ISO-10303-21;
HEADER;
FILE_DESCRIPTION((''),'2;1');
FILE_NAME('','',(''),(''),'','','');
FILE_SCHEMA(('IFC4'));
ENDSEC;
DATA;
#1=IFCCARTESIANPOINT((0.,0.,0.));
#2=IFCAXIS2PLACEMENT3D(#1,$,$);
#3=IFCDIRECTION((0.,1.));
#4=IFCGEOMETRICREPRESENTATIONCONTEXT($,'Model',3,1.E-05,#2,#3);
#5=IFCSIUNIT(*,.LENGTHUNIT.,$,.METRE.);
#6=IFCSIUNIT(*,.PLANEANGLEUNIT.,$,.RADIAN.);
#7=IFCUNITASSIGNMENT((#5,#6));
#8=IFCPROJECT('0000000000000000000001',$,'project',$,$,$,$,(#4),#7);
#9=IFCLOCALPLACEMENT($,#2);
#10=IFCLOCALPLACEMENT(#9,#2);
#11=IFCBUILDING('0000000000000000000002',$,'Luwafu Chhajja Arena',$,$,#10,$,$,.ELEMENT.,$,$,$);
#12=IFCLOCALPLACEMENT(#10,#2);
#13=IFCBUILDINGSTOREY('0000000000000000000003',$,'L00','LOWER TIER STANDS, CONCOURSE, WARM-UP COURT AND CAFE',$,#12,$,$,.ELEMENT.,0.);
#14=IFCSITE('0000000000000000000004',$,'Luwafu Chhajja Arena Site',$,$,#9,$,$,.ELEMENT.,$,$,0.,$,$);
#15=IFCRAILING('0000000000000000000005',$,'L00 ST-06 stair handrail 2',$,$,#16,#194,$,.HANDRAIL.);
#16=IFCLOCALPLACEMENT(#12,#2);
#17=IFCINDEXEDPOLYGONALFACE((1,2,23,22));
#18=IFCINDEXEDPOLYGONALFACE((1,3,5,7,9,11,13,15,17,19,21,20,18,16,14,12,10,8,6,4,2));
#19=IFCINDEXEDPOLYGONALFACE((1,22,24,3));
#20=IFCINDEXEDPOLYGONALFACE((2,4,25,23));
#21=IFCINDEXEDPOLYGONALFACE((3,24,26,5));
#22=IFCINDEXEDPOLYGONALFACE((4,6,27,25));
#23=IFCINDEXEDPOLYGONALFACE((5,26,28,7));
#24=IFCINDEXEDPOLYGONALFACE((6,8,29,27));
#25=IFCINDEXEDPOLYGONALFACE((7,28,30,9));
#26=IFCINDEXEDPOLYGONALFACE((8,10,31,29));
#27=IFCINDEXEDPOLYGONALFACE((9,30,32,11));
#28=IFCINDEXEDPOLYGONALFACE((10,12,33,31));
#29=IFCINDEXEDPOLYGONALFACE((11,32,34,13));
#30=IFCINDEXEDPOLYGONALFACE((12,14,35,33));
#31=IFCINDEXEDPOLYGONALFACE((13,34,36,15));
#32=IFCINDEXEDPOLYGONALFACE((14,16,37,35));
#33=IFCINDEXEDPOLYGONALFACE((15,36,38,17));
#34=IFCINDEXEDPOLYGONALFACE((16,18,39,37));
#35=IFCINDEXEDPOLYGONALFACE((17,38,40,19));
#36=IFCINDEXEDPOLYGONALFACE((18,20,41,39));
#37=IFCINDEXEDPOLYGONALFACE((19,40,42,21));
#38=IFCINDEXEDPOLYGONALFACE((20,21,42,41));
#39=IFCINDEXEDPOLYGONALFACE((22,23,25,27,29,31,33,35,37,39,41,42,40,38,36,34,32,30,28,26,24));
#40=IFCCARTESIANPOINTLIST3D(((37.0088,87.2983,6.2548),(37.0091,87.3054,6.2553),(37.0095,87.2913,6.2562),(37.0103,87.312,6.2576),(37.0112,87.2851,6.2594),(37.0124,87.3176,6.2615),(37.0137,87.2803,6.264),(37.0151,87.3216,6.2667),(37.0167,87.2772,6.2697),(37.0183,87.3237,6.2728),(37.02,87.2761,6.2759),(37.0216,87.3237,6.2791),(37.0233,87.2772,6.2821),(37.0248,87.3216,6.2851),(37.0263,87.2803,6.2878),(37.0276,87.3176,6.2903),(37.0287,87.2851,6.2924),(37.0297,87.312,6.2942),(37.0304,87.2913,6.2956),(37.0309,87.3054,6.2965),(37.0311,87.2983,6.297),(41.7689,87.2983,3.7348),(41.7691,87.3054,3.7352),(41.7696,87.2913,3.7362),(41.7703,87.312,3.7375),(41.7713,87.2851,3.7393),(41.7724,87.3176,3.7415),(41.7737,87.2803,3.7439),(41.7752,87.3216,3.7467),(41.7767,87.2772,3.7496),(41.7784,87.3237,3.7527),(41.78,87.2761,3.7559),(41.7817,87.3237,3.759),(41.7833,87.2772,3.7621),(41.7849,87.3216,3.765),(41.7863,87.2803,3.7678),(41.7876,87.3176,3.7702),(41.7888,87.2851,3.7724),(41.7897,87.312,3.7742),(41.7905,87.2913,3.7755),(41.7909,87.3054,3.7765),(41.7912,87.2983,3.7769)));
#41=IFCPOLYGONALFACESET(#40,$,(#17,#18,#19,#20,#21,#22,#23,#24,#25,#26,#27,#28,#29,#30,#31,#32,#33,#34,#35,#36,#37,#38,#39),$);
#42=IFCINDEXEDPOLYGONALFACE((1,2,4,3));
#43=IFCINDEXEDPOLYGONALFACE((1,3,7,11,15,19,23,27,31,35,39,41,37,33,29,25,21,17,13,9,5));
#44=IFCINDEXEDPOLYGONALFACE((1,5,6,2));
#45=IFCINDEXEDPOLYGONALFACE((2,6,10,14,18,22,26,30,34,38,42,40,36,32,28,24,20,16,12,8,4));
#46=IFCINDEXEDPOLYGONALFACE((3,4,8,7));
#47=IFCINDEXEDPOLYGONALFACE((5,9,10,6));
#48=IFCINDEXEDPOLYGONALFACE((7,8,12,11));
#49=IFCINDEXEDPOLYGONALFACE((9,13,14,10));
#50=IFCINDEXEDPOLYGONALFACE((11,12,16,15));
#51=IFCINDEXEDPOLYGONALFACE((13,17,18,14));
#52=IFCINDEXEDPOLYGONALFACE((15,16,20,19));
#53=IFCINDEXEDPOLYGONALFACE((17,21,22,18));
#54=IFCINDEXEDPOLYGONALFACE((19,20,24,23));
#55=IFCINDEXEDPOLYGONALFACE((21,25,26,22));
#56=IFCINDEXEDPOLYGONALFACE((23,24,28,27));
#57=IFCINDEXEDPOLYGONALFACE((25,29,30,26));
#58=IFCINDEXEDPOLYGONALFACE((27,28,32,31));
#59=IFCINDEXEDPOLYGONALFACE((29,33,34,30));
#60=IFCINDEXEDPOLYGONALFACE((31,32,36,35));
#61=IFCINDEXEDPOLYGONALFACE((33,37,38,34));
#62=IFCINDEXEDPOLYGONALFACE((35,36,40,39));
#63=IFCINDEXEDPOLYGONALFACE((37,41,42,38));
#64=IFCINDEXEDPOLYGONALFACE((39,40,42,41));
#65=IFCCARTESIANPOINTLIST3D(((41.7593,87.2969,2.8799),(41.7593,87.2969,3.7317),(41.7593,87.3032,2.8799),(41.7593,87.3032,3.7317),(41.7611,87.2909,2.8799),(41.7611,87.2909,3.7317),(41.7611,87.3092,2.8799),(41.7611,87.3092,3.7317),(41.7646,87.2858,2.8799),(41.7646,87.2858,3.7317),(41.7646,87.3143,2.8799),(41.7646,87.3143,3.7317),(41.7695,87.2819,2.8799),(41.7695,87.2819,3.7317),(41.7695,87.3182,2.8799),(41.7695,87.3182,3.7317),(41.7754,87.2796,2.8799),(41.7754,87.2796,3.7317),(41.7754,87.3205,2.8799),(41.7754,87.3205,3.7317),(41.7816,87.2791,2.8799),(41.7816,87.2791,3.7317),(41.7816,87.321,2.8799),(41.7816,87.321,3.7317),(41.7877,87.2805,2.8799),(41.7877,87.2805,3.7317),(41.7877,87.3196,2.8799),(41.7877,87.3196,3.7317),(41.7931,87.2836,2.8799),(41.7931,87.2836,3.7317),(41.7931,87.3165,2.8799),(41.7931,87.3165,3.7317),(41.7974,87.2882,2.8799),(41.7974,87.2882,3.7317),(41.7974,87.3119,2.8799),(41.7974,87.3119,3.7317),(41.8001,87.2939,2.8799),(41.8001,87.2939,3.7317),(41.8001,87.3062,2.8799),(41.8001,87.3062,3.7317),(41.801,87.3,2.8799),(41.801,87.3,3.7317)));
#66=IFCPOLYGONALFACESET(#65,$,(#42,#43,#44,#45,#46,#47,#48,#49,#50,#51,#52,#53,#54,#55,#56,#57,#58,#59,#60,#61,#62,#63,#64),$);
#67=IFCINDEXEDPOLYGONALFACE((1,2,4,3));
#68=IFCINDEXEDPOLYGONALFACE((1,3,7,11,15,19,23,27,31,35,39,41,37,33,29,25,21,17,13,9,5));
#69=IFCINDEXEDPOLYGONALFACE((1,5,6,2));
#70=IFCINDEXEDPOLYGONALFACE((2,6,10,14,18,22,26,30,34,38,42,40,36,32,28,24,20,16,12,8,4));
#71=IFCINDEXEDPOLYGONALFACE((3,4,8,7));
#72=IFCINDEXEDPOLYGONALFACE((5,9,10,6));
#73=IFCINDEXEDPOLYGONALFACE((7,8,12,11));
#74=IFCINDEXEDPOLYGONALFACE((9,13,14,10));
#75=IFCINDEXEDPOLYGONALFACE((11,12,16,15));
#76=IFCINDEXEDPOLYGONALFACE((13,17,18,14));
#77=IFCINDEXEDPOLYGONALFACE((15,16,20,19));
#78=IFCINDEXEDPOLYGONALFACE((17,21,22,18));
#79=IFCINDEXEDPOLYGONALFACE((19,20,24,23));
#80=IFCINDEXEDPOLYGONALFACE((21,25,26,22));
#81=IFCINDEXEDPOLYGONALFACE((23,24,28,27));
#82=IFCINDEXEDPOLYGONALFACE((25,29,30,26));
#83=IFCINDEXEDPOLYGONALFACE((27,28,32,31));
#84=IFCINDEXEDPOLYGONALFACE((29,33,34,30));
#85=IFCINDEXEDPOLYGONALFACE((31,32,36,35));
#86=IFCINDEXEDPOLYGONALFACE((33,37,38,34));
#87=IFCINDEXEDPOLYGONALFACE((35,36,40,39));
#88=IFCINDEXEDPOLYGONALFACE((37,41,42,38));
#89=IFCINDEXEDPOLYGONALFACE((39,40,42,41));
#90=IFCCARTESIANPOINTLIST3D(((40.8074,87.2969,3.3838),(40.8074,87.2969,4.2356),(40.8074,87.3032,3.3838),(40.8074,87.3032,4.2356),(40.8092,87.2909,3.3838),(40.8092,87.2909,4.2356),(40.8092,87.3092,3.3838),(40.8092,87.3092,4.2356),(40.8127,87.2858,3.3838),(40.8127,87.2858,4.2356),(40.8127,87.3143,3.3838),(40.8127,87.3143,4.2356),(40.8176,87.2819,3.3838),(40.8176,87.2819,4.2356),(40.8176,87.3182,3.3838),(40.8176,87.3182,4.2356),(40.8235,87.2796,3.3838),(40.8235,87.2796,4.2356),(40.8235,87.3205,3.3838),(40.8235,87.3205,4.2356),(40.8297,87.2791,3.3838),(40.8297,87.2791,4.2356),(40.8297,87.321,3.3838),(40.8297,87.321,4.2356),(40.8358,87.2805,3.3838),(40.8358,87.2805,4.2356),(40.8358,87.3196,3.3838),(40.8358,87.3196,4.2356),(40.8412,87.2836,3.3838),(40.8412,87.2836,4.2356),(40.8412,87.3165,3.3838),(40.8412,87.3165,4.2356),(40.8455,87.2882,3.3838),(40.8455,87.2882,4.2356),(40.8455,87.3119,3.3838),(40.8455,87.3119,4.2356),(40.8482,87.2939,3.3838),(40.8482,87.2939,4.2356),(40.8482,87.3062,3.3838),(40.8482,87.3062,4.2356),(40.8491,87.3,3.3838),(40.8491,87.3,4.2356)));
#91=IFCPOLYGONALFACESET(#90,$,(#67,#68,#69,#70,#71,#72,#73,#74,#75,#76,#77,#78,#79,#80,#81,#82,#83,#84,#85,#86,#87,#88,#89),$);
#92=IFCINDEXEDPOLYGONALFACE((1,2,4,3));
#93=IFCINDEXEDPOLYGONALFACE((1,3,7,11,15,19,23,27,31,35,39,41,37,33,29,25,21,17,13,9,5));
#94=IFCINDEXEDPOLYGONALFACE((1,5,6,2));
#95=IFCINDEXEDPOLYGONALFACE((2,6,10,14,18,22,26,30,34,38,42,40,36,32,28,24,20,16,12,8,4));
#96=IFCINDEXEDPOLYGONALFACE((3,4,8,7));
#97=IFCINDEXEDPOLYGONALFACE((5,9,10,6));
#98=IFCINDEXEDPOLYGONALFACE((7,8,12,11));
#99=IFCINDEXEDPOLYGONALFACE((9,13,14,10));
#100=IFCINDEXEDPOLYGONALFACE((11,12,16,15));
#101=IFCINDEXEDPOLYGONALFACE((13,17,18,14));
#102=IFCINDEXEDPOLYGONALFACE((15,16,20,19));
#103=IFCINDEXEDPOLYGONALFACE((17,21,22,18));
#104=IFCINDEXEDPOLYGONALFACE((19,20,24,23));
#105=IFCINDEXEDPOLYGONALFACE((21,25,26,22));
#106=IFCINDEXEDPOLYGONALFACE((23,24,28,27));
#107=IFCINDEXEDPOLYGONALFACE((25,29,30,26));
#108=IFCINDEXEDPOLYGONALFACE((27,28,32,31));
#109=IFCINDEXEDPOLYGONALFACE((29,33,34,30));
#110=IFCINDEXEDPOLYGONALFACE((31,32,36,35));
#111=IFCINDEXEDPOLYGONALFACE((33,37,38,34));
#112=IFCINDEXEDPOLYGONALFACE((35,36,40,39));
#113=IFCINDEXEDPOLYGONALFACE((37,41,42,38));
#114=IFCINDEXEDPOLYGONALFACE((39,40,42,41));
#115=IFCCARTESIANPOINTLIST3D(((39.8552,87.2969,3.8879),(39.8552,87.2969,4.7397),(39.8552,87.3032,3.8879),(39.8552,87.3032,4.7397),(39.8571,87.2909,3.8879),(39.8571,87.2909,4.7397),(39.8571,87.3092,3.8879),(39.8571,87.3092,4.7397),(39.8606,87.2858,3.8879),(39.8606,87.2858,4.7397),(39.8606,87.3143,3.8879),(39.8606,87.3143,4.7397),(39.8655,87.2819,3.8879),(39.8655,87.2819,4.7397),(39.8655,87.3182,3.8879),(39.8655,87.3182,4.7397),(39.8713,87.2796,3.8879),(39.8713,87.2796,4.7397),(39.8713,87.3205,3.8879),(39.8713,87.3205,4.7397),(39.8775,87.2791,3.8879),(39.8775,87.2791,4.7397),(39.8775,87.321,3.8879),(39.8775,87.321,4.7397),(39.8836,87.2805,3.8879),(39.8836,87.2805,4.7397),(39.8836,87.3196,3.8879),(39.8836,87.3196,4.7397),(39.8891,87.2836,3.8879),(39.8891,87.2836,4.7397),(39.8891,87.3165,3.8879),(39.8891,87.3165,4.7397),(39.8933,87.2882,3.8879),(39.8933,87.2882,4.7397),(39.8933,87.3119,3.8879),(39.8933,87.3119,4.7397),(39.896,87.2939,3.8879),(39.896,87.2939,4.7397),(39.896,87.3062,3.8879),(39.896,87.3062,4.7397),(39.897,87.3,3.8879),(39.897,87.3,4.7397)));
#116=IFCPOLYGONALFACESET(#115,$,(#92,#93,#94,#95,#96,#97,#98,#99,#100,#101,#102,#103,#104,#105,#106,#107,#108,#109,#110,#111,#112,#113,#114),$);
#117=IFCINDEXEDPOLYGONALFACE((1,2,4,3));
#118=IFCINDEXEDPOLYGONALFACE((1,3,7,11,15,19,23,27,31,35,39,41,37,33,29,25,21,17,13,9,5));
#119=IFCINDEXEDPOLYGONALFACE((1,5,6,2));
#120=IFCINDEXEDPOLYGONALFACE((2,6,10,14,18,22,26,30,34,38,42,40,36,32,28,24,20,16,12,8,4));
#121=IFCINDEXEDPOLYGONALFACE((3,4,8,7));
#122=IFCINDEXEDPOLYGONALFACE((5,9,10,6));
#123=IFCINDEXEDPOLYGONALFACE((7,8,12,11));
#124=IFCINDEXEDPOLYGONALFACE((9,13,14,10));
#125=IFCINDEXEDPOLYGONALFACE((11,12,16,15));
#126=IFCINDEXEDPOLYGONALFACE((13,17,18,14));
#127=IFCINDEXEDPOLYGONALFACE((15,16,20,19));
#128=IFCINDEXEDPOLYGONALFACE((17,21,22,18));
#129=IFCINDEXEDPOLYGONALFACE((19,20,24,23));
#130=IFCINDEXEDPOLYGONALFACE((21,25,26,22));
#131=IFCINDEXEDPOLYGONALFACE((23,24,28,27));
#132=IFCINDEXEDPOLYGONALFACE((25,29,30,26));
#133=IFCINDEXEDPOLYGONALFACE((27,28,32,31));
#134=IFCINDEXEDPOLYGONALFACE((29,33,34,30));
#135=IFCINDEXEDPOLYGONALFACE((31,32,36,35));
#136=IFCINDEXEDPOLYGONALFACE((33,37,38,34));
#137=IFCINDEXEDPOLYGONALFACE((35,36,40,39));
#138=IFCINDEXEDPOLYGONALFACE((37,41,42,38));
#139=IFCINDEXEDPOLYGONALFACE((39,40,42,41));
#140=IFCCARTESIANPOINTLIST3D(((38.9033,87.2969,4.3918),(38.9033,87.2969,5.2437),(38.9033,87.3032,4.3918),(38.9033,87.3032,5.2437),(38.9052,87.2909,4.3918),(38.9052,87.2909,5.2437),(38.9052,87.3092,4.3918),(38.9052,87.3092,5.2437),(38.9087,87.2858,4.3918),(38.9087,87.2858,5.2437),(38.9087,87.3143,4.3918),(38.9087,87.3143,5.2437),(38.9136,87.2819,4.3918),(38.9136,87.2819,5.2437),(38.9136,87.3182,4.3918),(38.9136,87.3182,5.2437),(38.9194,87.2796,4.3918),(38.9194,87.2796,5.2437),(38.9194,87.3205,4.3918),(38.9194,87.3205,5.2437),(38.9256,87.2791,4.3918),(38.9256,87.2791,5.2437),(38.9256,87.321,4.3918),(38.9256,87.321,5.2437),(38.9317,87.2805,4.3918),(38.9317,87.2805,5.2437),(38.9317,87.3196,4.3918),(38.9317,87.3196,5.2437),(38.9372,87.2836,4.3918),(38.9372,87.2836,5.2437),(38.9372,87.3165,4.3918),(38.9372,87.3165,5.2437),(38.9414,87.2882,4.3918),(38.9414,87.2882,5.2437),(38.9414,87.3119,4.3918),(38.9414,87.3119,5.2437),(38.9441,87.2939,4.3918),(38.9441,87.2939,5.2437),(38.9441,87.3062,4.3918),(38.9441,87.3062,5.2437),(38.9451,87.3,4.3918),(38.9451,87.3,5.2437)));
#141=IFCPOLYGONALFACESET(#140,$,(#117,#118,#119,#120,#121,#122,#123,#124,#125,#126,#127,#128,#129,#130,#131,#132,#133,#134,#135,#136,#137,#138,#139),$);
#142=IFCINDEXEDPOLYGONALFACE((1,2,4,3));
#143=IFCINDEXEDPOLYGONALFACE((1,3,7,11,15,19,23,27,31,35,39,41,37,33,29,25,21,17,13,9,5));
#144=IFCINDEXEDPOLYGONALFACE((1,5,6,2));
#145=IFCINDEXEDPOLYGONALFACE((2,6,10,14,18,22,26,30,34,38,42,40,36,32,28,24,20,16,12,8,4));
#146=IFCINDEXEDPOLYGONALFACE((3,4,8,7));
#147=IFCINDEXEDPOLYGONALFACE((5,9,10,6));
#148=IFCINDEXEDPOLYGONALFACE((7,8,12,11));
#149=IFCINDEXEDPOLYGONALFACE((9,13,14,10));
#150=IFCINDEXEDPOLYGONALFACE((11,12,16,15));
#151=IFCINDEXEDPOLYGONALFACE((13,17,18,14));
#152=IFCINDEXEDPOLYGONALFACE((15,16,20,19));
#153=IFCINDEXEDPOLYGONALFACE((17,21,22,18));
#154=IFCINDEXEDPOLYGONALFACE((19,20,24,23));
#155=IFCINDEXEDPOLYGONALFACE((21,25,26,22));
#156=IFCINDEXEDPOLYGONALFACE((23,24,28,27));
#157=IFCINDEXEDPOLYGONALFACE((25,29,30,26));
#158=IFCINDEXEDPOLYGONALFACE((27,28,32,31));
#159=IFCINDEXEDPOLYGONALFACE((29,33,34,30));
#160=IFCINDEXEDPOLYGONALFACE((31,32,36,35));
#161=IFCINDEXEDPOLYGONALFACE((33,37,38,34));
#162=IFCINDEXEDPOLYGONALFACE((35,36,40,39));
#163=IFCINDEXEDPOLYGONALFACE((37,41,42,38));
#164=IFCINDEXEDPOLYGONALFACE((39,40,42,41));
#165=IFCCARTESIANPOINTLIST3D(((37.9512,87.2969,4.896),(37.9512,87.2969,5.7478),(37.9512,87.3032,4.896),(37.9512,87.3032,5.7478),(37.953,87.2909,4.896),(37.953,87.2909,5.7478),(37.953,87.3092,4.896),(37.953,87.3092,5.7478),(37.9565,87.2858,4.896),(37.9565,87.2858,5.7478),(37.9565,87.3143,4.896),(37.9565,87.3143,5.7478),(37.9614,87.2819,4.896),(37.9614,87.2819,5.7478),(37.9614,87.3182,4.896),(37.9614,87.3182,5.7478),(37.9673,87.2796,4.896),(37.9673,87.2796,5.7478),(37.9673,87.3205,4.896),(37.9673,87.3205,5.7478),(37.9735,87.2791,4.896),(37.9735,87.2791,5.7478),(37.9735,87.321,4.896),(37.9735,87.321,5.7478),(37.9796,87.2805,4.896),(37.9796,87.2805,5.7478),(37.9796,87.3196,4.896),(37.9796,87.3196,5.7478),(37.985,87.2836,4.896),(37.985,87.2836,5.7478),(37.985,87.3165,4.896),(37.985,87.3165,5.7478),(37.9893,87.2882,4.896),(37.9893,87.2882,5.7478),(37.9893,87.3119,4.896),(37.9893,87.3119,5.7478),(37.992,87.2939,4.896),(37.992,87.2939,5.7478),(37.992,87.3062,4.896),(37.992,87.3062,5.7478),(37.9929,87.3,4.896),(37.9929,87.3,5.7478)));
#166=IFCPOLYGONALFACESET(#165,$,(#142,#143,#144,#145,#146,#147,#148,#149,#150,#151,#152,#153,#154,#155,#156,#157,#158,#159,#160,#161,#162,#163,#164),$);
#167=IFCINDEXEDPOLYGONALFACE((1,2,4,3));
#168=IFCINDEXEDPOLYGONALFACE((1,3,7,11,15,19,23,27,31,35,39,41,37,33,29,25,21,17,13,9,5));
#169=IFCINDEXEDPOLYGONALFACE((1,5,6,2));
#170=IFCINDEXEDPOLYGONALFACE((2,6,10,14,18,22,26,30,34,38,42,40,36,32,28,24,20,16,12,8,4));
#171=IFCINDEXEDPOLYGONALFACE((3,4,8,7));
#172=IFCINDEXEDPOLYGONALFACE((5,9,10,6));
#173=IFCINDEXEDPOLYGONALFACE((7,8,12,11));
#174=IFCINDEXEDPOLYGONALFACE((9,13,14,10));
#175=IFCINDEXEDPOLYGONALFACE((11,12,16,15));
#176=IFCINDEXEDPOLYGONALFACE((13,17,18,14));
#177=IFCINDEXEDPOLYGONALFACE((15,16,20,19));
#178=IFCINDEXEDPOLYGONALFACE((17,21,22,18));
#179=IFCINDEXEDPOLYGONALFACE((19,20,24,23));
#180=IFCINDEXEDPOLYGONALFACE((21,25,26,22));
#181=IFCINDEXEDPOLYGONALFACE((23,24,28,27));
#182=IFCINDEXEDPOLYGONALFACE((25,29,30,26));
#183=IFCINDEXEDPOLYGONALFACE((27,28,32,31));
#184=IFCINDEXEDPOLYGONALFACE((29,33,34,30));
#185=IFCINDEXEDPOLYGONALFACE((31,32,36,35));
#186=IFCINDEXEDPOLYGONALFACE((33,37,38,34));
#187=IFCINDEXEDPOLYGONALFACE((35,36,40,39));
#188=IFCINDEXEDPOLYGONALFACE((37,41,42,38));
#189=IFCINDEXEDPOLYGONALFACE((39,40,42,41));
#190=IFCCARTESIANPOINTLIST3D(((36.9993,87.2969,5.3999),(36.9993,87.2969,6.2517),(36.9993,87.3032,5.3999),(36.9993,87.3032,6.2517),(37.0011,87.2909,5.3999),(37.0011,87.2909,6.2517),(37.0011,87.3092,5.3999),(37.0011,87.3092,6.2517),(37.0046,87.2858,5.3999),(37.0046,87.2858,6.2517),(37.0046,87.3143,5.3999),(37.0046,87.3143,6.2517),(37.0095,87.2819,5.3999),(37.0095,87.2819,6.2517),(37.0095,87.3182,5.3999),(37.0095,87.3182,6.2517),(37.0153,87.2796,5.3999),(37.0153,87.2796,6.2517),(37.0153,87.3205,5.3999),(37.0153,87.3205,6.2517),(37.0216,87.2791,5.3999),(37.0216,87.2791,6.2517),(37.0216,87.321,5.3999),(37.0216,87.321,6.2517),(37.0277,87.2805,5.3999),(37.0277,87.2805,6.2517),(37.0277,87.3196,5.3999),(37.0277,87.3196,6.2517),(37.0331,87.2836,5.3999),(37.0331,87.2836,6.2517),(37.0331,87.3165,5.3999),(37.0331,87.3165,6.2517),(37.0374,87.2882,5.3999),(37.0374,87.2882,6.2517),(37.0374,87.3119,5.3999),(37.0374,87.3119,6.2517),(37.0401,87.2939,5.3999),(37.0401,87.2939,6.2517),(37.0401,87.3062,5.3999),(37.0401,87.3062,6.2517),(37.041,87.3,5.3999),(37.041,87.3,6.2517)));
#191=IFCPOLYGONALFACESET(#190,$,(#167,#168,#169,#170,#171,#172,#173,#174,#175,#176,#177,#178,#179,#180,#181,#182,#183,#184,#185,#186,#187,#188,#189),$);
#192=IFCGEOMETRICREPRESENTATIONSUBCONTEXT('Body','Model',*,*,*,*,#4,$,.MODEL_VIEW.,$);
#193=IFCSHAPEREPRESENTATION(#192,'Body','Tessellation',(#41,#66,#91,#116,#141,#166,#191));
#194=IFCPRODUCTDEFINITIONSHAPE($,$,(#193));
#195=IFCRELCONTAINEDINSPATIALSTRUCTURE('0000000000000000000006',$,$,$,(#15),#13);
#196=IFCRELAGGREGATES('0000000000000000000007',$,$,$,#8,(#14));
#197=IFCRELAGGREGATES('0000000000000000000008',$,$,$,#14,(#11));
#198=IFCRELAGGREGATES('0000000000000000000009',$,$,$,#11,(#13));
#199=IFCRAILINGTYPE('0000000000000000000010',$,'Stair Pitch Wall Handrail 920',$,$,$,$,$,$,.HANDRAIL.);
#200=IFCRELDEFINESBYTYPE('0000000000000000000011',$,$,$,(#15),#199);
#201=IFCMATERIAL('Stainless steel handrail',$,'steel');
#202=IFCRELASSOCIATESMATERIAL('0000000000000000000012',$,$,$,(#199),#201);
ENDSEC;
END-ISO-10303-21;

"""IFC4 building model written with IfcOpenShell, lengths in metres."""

from ifc_helpers import new_model, si_unit, direction, frame, origin, origin_2d, place, context, subcontext, project, spatial, circle, extrude, material, type_object, element, save


model = new_model("IFC4")

# Units and contexts
model_context = context("Model", 3, precision=1e-05, world=origin(), true_north=direction((0.0, 1.0)))
body_context = subcontext(model_context, "Body", "Model", "MODEL_VIEW")
ifc_project = project(units=[si_unit("LENGTHUNIT", "METRE"), si_unit("PLANEANGLEUNIT", "RADIAN")], contexts=[model_context])

# Site, building, storey
site_placement = place(None, origin())
site = spatial("IfcSite", under=ifc_project, at=site_placement, Name="Luwafu Chhajja Arena Site", CompositionType="ELEMENT", RefElevation=0.0)
building_placement = place(site_placement, origin())
building = spatial("IfcBuilding", under=site, at=building_placement, Name="Luwafu Chhajja Arena", CompositionType="ELEMENT")
storey_placement = place(building_placement, origin())
storey = spatial("IfcBuildingStorey", under=building, at=storey_placement, Name="L00", Description="LOWER TIER STANDS, CONCOURSE, WARM-UP COURT AND CAFE", CompositionType="ELEMENT", Elevation=0.0)

# Railing
ifc_material_1 = material(Name="Stainless steel handrail", Category="steel")
railing_type_1 = type_object("IfcRailingType", Name="Stair Pitch Wall Handrail 920", PredefinedType="HANDRAIL", material=ifc_material_1)
railing_1_placement = place(storey_placement, frame((41.78, 87.3, 2.8799)))
element("IfcRailing", 1, at=railing_1_placement, inside=storey, type_object=railing_type_1, Name="L00 ST-06 stair handrail 2", PredefinedType="HANDRAIL", context=body_context, shape_type="SweptSolid", body=[
    extrude(circle(Radius=0.0239, at=origin_2d()), frame((0.0, 0.0, 0.876), z_axis=(-0.883787, 0.0, 0.46789), x_axis=(0.0, -1.0, 0.0)), (0.0, 0.0, 1.0), 5.386),
    extrude(circle(Radius=0.021, at=origin_2d()), origin(), (0.0, 0.0, 1.0), 0.8518),
    extrude(circle(Radius=0.021, at=origin_2d()), frame((-0.9519, 0.0, 0.5039)), (0.0, 0.0, 1.0), 0.8518),
    extrude(circle(Radius=0.021, at=origin_2d()), frame((-1.9041, 0.0, 1.0081)), (0.0, 0.0, 1.0), 0.8518),
    extrude(circle(Radius=0.021, at=origin_2d()), frame((-2.856, 0.0, 1.512)), (0.0, 0.0, 1.0), 0.8518),
    extrude(circle(Radius=0.021, at=origin_2d()), frame((-3.8081, 0.0, 2.0161)), (0.0, 0.0, 1.0), 0.8518),
    extrude(circle(Radius=0.021, at=origin_2d()), frame((-4.76, 0.0, 2.52)), (0.0, 0.0, 1.0), 0.8518),
])

save(model, "model.ifc")
